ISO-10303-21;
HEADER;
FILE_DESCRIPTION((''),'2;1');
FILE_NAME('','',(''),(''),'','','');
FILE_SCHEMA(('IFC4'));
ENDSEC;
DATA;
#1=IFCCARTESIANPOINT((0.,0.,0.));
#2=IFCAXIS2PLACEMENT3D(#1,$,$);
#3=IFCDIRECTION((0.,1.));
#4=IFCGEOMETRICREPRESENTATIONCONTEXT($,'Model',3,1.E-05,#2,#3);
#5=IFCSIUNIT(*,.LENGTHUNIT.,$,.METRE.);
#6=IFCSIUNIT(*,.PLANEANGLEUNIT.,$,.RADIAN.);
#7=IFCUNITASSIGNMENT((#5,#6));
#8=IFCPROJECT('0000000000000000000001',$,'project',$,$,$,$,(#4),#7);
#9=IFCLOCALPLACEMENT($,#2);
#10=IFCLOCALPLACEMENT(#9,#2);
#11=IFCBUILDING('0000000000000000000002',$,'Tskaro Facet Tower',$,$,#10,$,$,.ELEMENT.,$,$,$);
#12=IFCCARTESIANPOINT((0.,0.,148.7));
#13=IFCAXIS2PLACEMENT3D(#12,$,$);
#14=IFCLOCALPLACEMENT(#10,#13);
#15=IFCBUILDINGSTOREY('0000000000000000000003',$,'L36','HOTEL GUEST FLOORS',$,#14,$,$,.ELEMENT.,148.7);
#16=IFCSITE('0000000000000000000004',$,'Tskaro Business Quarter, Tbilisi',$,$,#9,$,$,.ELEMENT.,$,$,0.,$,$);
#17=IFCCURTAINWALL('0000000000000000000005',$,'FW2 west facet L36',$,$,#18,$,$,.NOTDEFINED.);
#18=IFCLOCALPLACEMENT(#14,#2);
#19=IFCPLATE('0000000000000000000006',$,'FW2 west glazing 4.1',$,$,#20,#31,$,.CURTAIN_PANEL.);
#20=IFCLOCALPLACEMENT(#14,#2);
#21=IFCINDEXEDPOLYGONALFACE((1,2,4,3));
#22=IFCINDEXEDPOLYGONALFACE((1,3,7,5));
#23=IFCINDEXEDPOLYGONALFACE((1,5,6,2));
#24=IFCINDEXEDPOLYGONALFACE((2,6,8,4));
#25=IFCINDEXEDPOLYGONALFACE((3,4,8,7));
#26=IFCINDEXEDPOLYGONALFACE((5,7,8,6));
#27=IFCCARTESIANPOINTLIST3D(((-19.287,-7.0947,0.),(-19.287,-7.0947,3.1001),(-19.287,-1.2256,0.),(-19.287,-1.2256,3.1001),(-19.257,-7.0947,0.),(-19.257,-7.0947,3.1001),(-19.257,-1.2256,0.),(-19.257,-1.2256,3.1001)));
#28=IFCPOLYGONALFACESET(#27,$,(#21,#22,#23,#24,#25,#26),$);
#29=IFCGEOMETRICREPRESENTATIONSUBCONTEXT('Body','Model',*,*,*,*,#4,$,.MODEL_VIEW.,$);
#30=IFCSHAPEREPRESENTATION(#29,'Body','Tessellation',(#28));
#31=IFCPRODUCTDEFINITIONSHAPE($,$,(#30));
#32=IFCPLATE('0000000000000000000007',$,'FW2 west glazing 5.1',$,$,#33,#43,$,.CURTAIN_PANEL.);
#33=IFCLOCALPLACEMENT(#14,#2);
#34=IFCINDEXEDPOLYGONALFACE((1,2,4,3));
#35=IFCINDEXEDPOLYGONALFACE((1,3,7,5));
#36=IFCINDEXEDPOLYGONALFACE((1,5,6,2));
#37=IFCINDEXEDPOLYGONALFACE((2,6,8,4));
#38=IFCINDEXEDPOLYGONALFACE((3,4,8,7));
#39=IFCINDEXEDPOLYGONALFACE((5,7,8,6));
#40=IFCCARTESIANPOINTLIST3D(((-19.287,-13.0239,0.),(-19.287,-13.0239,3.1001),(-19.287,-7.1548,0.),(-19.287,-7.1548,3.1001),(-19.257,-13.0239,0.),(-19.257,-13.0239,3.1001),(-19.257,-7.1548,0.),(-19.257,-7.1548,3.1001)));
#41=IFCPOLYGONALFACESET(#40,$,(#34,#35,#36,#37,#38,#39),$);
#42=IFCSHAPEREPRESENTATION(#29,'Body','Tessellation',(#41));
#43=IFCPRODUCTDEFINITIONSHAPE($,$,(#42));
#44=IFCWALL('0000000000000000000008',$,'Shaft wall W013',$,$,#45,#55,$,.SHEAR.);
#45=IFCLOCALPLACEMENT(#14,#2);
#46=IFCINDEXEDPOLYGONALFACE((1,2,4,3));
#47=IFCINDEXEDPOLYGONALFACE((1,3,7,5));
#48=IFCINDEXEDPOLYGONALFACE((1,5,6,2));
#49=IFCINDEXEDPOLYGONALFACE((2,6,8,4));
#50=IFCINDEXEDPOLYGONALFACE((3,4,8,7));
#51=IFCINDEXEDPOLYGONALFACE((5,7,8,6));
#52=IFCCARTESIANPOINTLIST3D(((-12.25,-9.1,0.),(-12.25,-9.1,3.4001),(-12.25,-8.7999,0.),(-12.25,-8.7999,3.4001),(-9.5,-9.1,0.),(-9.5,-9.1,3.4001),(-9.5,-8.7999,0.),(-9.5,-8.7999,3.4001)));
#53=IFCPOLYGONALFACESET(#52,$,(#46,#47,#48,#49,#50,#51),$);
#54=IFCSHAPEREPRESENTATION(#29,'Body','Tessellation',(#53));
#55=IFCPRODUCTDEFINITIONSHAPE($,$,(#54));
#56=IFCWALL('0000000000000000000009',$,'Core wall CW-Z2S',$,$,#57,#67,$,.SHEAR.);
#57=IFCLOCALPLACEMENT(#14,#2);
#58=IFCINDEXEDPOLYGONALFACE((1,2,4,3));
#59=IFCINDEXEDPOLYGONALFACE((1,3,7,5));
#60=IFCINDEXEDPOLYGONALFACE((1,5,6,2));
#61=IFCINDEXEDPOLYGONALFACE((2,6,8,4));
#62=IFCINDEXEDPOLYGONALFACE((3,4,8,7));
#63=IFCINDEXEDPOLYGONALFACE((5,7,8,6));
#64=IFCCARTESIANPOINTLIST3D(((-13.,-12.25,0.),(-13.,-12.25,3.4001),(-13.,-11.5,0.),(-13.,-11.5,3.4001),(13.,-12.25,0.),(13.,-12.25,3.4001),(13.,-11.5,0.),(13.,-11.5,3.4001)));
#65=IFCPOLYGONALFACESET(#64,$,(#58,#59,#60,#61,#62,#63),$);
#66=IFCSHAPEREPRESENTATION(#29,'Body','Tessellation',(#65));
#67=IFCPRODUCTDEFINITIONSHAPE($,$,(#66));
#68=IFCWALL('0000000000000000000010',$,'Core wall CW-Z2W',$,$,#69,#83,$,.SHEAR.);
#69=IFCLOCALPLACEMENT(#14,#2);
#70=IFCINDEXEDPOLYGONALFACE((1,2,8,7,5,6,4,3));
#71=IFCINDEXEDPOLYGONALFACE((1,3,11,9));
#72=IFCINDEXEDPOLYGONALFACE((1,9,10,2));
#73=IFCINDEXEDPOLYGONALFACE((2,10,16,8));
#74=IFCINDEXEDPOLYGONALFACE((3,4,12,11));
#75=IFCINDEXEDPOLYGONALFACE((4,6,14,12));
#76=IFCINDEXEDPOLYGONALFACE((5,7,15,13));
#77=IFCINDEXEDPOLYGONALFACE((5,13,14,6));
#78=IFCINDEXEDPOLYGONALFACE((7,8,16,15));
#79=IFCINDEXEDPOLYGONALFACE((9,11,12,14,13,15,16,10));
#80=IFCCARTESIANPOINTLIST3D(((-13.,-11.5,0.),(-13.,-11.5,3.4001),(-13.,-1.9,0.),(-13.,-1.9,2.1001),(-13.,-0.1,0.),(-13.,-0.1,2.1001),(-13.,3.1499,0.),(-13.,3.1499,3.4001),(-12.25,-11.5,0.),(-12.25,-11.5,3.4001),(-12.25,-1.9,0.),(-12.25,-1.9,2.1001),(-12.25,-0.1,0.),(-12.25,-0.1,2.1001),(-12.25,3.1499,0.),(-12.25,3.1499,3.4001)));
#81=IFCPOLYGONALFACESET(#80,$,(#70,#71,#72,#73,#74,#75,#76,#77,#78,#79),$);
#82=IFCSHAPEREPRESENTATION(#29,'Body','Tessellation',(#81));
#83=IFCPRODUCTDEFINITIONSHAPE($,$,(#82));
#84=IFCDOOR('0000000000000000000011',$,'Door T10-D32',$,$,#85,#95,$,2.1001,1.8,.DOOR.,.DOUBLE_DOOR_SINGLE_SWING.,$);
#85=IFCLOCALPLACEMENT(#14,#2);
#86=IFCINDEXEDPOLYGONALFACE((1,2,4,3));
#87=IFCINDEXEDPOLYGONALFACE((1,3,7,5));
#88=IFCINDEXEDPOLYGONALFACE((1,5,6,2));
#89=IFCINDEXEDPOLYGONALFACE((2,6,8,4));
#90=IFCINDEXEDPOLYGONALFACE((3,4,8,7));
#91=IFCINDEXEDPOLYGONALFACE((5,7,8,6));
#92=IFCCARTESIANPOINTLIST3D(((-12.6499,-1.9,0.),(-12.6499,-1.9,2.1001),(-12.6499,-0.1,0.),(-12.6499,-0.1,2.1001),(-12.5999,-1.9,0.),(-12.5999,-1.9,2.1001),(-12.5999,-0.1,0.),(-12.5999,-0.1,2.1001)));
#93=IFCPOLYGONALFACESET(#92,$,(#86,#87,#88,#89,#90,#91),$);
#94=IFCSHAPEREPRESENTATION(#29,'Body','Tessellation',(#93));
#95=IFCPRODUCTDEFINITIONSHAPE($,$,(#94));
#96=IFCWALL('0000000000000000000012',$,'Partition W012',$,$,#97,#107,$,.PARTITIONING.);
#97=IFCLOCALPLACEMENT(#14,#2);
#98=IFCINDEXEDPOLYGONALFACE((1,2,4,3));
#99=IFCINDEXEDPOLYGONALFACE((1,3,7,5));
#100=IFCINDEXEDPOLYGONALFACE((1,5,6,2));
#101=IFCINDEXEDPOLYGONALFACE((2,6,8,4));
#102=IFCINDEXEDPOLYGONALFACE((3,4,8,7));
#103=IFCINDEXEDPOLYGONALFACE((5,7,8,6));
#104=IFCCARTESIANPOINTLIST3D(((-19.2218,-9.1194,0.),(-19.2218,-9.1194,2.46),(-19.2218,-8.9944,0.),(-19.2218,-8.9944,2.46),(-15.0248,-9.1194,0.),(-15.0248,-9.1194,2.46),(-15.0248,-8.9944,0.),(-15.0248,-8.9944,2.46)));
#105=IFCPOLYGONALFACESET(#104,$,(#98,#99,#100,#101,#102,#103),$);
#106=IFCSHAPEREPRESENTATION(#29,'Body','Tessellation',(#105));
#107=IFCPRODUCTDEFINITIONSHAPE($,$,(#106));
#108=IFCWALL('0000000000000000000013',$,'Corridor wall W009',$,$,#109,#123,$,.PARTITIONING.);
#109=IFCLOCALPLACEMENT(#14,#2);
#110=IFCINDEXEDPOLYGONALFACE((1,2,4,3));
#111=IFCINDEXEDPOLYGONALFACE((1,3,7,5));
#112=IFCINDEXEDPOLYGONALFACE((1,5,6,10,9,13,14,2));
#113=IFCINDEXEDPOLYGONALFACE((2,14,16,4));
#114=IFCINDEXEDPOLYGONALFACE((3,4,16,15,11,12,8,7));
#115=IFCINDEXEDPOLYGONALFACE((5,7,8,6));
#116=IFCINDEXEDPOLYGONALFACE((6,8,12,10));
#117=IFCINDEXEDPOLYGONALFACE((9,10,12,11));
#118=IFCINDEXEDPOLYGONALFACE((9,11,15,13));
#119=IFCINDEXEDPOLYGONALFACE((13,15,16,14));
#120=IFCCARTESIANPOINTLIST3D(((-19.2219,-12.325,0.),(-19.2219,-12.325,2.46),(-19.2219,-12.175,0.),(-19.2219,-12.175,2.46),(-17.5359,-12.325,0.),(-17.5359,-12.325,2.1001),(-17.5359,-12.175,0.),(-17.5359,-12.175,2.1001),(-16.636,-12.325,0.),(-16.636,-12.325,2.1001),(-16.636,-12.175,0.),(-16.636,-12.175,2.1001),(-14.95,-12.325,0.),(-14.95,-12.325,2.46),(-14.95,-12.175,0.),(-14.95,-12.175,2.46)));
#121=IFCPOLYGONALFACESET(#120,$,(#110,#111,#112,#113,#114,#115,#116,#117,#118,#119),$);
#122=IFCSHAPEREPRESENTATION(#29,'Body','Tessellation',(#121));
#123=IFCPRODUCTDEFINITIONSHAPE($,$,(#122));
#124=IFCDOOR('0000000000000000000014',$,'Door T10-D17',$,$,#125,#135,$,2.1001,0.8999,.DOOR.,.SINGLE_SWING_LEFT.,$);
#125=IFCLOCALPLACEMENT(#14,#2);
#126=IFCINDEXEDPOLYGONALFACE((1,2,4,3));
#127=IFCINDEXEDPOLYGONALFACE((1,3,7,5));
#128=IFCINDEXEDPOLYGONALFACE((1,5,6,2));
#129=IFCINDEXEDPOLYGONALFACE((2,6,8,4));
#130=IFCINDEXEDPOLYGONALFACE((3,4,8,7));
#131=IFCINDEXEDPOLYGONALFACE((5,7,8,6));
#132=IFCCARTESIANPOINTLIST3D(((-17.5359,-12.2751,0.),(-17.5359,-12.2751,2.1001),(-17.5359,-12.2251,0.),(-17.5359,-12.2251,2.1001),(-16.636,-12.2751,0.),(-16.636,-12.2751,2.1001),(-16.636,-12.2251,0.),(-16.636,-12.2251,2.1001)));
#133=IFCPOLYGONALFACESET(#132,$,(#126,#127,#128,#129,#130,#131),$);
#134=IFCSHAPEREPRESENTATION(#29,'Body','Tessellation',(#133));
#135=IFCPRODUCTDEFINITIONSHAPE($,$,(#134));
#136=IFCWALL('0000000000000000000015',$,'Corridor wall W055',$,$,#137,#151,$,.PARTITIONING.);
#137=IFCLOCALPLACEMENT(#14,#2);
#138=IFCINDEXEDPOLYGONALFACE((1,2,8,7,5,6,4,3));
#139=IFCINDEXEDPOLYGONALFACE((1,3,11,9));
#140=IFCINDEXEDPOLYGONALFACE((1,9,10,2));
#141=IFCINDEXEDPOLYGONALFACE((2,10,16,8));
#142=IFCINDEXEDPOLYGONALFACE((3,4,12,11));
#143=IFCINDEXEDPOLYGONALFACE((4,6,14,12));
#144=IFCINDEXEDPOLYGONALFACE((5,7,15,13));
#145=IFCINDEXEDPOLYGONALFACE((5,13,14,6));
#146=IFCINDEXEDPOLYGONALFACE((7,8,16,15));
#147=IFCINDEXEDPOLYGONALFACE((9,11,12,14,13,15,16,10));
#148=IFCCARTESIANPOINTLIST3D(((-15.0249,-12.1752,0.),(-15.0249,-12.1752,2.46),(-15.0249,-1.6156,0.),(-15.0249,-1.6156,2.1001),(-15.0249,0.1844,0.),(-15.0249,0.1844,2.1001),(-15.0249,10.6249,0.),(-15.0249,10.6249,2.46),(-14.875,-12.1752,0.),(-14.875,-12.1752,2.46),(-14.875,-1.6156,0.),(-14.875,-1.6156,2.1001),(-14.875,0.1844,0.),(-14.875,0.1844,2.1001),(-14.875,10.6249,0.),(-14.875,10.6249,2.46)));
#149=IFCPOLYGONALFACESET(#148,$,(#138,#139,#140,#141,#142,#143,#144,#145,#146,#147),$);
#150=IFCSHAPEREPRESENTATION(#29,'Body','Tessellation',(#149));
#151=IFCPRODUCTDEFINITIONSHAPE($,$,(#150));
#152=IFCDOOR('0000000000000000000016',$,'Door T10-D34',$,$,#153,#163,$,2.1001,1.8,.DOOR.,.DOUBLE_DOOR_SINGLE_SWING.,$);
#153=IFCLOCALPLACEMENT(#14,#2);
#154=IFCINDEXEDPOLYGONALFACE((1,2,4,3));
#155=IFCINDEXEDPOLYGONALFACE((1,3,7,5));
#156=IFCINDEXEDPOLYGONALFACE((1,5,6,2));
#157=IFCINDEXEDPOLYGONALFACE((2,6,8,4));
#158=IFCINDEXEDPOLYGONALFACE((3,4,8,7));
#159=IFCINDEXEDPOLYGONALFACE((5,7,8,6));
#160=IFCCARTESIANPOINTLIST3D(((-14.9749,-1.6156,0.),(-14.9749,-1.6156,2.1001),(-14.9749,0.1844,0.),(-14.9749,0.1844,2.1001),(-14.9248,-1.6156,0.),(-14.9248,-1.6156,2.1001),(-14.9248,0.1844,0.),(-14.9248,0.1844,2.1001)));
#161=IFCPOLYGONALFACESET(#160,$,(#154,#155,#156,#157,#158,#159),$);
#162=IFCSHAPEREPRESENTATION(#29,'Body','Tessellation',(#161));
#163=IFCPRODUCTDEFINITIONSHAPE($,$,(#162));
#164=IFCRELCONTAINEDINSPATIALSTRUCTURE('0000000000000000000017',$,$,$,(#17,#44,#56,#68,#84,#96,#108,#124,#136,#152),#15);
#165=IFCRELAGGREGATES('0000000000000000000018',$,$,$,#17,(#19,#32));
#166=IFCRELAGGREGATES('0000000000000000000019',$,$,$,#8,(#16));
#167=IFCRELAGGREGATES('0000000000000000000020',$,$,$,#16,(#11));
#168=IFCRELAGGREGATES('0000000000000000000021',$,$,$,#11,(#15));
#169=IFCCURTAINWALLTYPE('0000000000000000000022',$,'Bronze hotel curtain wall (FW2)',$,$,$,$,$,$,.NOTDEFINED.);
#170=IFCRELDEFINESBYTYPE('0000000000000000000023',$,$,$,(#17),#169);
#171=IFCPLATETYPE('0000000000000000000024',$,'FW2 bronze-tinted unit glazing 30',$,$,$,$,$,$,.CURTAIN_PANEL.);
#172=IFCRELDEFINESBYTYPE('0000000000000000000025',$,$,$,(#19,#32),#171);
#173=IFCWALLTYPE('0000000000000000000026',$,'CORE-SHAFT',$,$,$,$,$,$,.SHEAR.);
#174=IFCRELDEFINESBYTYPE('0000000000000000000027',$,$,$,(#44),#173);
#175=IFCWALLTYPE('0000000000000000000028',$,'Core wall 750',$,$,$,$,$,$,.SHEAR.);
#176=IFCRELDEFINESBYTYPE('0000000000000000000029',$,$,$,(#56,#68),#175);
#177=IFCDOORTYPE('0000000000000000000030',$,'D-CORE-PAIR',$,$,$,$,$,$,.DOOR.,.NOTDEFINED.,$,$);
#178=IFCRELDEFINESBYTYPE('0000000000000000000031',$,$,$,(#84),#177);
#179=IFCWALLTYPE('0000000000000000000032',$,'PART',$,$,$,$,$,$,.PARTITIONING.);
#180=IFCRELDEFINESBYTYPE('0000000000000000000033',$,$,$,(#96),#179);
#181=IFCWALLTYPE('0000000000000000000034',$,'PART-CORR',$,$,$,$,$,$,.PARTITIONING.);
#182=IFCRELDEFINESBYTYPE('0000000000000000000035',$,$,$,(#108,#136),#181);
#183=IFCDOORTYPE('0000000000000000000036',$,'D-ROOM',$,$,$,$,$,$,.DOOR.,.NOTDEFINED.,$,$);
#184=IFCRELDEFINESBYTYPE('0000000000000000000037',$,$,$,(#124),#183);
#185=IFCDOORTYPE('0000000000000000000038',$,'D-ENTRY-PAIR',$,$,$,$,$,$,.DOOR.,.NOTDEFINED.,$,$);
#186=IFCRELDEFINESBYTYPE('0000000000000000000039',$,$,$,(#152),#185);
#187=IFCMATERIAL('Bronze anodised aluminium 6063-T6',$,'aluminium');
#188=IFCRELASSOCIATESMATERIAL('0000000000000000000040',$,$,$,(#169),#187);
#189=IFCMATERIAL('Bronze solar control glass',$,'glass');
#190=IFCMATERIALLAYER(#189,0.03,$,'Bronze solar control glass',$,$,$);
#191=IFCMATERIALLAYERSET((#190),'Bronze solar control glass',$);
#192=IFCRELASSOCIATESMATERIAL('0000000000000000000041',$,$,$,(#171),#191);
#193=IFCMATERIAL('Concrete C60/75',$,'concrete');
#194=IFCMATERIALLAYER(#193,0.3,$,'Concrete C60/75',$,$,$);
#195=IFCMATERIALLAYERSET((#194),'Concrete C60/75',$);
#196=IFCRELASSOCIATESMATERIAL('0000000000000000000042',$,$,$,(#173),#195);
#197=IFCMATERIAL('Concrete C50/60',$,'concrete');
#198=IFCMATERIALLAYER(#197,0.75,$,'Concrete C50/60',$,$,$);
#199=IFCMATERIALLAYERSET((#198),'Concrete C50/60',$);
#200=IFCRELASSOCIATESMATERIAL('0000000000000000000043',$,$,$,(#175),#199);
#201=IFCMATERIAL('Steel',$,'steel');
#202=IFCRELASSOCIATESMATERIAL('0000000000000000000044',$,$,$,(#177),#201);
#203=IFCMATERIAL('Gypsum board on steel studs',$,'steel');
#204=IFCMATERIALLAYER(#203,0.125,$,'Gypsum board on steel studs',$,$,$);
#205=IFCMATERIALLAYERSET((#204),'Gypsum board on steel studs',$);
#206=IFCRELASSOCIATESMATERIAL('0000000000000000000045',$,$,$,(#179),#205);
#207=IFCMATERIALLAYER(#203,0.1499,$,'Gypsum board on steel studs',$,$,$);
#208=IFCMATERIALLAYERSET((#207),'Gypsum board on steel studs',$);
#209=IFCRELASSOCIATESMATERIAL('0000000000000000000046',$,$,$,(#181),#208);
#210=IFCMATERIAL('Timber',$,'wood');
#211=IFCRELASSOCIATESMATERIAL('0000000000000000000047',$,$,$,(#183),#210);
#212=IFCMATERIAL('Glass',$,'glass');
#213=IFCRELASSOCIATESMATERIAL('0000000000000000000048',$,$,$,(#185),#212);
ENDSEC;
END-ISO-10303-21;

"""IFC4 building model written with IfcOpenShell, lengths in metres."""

from ifc_helpers import new_model, si_unit, direction, frame, frame_2d, origin, origin_2d, place, context, subcontext, project, spatial, rectangle, extrude, material, layer, layer_set, type_object, element, fill, aggregate, save


model = new_model("IFC4")

# Units and contexts
model_context = context("Model", 3, precision=1e-05, world=origin(), true_north=direction((0.0, 1.0)))
body_context = subcontext(model_context, "Body", "Model", "MODEL_VIEW")
ifc_project = project(units=[si_unit("LENGTHUNIT", "METRE"), si_unit("PLANEANGLEUNIT", "RADIAN")], contexts=[model_context])

# Site, building, storey
site_placement = place(None, origin())
site = spatial("IfcSite", under=ifc_project, at=site_placement, Name="Tskaro Business Quarter, Tbilisi", CompositionType="ELEMENT", RefElevation=0.0)
building_placement = place(site_placement, origin())
building = spatial("IfcBuilding", under=site, at=building_placement, Name="Tskaro Facet Tower", CompositionType="ELEMENT")
storey_placement = place(building_placement, frame((0.0, 0.0, 148.7)))
storey = spatial("IfcBuildingStorey", under=building, at=storey_placement, Name="L36", Description="HOTEL GUEST FLOORS", CompositionType="ELEMENT", Elevation=148.7)

# Curtain wall
ifc_material_1 = material(Name="Bronze anodised aluminium 6063-T6", Category="aluminium")
curtain_wall_type = type_object("IfcCurtainWallType", Name="Bronze hotel curtain wall (FW2)", PredefinedType="NOTDEFINED", material=ifc_material_1)
curtain_wall_placement = place(storey_placement, origin())
curtain_wall = element("IfcCurtainWall", 1, at=curtain_wall_placement, inside=storey, type_object=curtain_wall_type, Name="FW2 west facet L36", PredefinedType="NOTDEFINED")

# Plates
ifc_material_2 = material(Name="Bronze solar control glass", Category="glass")
ifc_layer_1 = layer(ifc_material_2, 0.03, Name="Bronze solar control glass")
ifc_layer_set_1 = layer_set([ifc_layer_1], Name="Bronze solar control glass")
plate_type = type_object("IfcPlateType", Name="FW2 bronze-tinted unit glazing 30", PredefinedType="CURTAIN_PANEL", material=ifc_layer_set_1)
plate_1_placement = place(storey_placement, frame((-19.272, -4.1602, 0.0), z_axis=(0.0, 0.0, 1.0), x_axis=(0.0, -1.0, 0.0)))
plate_1 = element("IfcPlate", 2, at=plate_1_placement, type_object=plate_type, Name="FW2 west glazing 4.1", PredefinedType="CURTAIN_PANEL", context=body_context, shape_type="SweptSolid", body=[
    extrude(rectangle(XDim=5.8691, YDim=0.03, at=origin_2d()), origin(), (0.0, 0.0, 1.0), 3.1001),
])
plate_2_placement = place(storey_placement, frame((-19.272, -10.0894, 0.0), z_axis=(0.0, 0.0, 1.0), x_axis=(0.0, -1.0, 0.0)))
plate_2 = element("IfcPlate", 3, at=plate_2_placement, type_object=plate_type, Name="FW2 west glazing 5.1", PredefinedType="CURTAIN_PANEL", context=body_context, shape_type="SweptSolid", body=[
    extrude(rectangle(XDim=5.8691, YDim=0.03, at=origin_2d()), origin(), (0.0, 0.0, 1.0), 3.1001),
])
aggregate(curtain_wall, [plate_1, plate_2])

# Walls
ifc_material_3 = material(Name="Concrete C60/75", Category="concrete")
ifc_layer_2 = layer(ifc_material_3, 0.3, Name="Concrete C60/75")
ifc_layer_set_2 = layer_set([ifc_layer_2], Name="Concrete C60/75")
wall_type_1 = type_object("IfcWallType", Name="CORE-SHAFT", PredefinedType="SHEAR", material=ifc_layer_set_2)
wall_1_placement = place(storey_placement, frame((-12.25, -8.95, 0.0), z_axis=(0.0, 0.0, 1.0), x_axis=(1.0, 0.0, 0.0)))
element("IfcWall", 4, at=wall_1_placement, inside=storey, type_object=wall_type_1, Name="Shaft wall W013", PredefinedType="SHEAR", context=body_context, shape_type="SweptSolid", body=[
    extrude(rectangle(XDim=2.75, YDim=0.3, at=frame_2d((1.375, 0.0))), origin(), (0.0, 0.0, 1.0), 3.4001),
])
ifc_material_4 = material(Name="Concrete C50/60", Category="concrete")
ifc_layer_3 = layer(ifc_material_4, 0.75, Name="Concrete C50/60")
ifc_layer_set_3 = layer_set([ifc_layer_3], Name="Concrete C50/60")
wall_type_2 = type_object("IfcWallType", Name="Core wall 750", PredefinedType="SHEAR", material=ifc_layer_set_3)
wall_2_placement = place(storey_placement, frame((-13.0, -11.875, 0.0), z_axis=(0.0, 0.0, 1.0), x_axis=(1.0, 0.0, 0.0)))
element("IfcWall", 5, at=wall_2_placement, inside=storey, type_object=wall_type_2, Name="Core wall CW-Z2S", PredefinedType="SHEAR", context=body_context, shape_type="SweptSolid", body=[
    extrude(rectangle(XDim=26.0, YDim=0.75, at=frame_2d((13.0, 0.0))), origin(), (0.0, 0.0, 1.0), 3.4001),
])

# Wall, opening, door
wall_3_placement = place(storey_placement, frame((-12.625, -11.5, 0.0), z_axis=(0.0, 0.0, 1.0), x_axis=(0.0, 1.0, 0.0)))
wall_3 = element("IfcWall", 6, at=wall_3_placement, inside=storey, type_object=wall_type_2, Name="Core wall CW-Z2W", PredefinedType="SHEAR", context=body_context, shape_type="SweptSolid", body=[
    extrude(rectangle(XDim=14.6499, YDim=0.75, at=frame_2d((7.325, 0.0))), origin(), (0.0, 0.0, 1.0), 3.4001),
])
opening_1_placement = place(wall_3_placement, frame((9.6001, 0.0, 0.0)))
opening_1 = element("IfcOpeningElement", 7, at=opening_1_placement, cuts=wall_3, PredefinedType="OPENING", context=body_context, shape_type="SweptSolid", body=[
    extrude(rectangle(XDim=1.8, YDim=2.1001, at=frame_2d((0.8999, 1.05))), frame((0.0, 0.385, 0.0), z_axis=(0.0, -1.0, 0.0), x_axis=(1.0, 0.0, 0.0)), (0.0, 0.0, 1.0), 0.77),
])
ifc_material_5 = material(Name="Steel", Category="steel")
door_type_1 = type_object("IfcDoorType", Name="D-CORE-PAIR", OperationType="NOTDEFINED", PredefinedType="DOOR", material=ifc_material_5)
door_1_placement = place(opening_1_placement, origin())
door_1 = element("IfcDoor", 8, at=door_1_placement, inside=storey, type_object=door_type_1, Name="Door T10-D32", OperationType="DOUBLE_DOOR_SINGLE_SWING", OverallHeight=2.1001, OverallWidth=1.8, PredefinedType="DOOR", context=body_context, shape_type="SweptSolid", body=[
    extrude(rectangle(XDim=1.8, YDim=2.1001, at=frame_2d((0.8999, 1.05))), frame((0.0, 0.0249, 0.0), z_axis=(0.0, -1.0, 0.0), x_axis=(1.0, 0.0, 0.0)), (0.0, 0.0, 1.0), 0.05),
])
fill(opening_1, door_1)

# Wall
ifc_material_6 = material(Name="Gypsum board on steel studs", Category="steel")
ifc_layer_4 = layer(ifc_material_6, 0.125, Name="Gypsum board on steel studs")
ifc_layer_set_4 = layer_set([ifc_layer_4], Name="Gypsum board on steel studs")
wall_type_3 = type_object("IfcWallType", Name="PART", PredefinedType="PARTITIONING", material=ifc_layer_set_4)
wall_4_placement = place(storey_placement, frame((-19.2219, -9.0569, 0.0), z_axis=(0.0, 0.0, 1.0), x_axis=(1.0, 0.0, 0.0)))
element("IfcWall", 9, at=wall_4_placement, inside=storey, type_object=wall_type_3, Name="Partition W012", PredefinedType="PARTITIONING", context=body_context, shape_type="SweptSolid", body=[
    extrude(rectangle(XDim=4.197, YDim=0.125, at=frame_2d((2.0986, 0.0))), origin(), (0.0, 0.0, 1.0), 2.46),
])

# Walls, openings, doors
ifc_layer_5 = layer(ifc_material_6, 0.1499, Name="Gypsum board on steel studs")
ifc_layer_set_5 = layer_set([ifc_layer_5], Name="Gypsum board on steel studs")
wall_type_4 = type_object("IfcWallType", Name="PART-CORR", PredefinedType="PARTITIONING", material=ifc_layer_set_5)
wall_5_placement = place(storey_placement, frame((-19.2219, -12.25, 0.0), z_axis=(0.0, 0.0, 1.0), x_axis=(1.0, 0.0, 0.0)))
wall_5 = element("IfcWall", 10, at=wall_5_placement, inside=storey, type_object=wall_type_4, Name="Corridor wall W009", PredefinedType="PARTITIONING", context=body_context, shape_type="SweptSolid", body=[
    extrude(rectangle(XDim=4.272, YDim=0.1499, at=frame_2d((2.136, 0.0))), origin(), (0.0, 0.0, 1.0), 2.46),
])
opening_2_placement = place(wall_5_placement, frame((1.686, 0.0, 0.0)))
opening_2 = element("IfcOpeningElement", 11, at=opening_2_placement, cuts=wall_5, PredefinedType="OPENING", context=body_context, shape_type="SweptSolid", body=[
    extrude(rectangle(XDim=0.8999, YDim=2.1001, at=frame_2d((0.45, 1.05))), frame((0.0, 0.085, 0.0), z_axis=(0.0, -1.0, 0.0), x_axis=(1.0, 0.0, 0.0)), (0.0, 0.0, 1.0), 0.1699),
])
ifc_material_7 = material(Name="Timber", Category="wood")
door_type_2 = type_object("IfcDoorType", Name="D-ROOM", OperationType="NOTDEFINED", PredefinedType="DOOR", material=ifc_material_7)
door_2_placement = place(opening_2_placement, origin())
door_2 = element("IfcDoor", 12, at=door_2_placement, inside=storey, type_object=door_type_2, Name="Door T10-D17", OperationType="SINGLE_SWING_LEFT", OverallHeight=2.1001, OverallWidth=0.8999, PredefinedType="DOOR", context=body_context, shape_type="SweptSolid", body=[
    extrude(rectangle(XDim=0.8999, YDim=2.1001, at=frame_2d((0.45, 1.05))), frame((0.0, 0.0249, 0.0), z_axis=(0.0, -1.0, 0.0), x_axis=(1.0, 0.0, 0.0)), (0.0, 0.0, 1.0), 0.05),
])
fill(opening_2, door_2)
wall_6_placement = place(storey_placement, frame((-14.95, -12.175, 0.0), z_axis=(0.0, 0.0, 1.0), x_axis=(0.0, 1.0, 0.0)))
wall_6 = element("IfcWall", 13, at=wall_6_placement, inside=storey, type_object=wall_type_4, Name="Corridor wall W055", PredefinedType="PARTITIONING", context=body_context, shape_type="SweptSolid", body=[
    extrude(rectangle(XDim=22.8, YDim=0.1499, at=frame_2d((11.3999, 0.0))), origin(), (0.0, 0.0, 1.0), 2.46),
])
opening_3_placement = place(wall_6_placement, frame((10.5596, 0.0, 0.0)))
opening_3 = element("IfcOpeningElement", 14, at=opening_3_placement, cuts=wall_6, PredefinedType="OPENING", context=body_context, shape_type="SweptSolid", body=[
    extrude(rectangle(XDim=1.8, YDim=2.1001, at=frame_2d((0.8999, 1.05))), frame((0.0, 0.085, 0.0), z_axis=(0.0, -1.0, 0.0), x_axis=(1.0, 0.0, 0.0)), (0.0, 0.0, 1.0), 0.1699),
])
ifc_material_8 = material(Name="Glass", Category="glass")
door_type_3 = type_object("IfcDoorType", Name="D-ENTRY-PAIR", OperationType="NOTDEFINED", PredefinedType="DOOR", material=ifc_material_8)
door_3_placement = place(opening_3_placement, origin())
door_3 = element("IfcDoor", 15, at=door_3_placement, inside=storey, type_object=door_type_3, Name="Door T10-D34", OperationType="DOUBLE_DOOR_SINGLE_SWING", OverallHeight=2.1001, OverallWidth=1.8, PredefinedType="DOOR", context=body_context, shape_type="SweptSolid", body=[
    extrude(rectangle(XDim=1.8, YDim=2.1001, at=frame_2d((0.8999, 1.05))), frame((0.0, 0.0249, 0.0), z_axis=(0.0, -1.0, 0.0), x_axis=(1.0, 0.0, 0.0)), (0.0, 0.0, 1.0), 0.05),
])
fill(opening_3, door_3)

save(model, "model.ifc")
